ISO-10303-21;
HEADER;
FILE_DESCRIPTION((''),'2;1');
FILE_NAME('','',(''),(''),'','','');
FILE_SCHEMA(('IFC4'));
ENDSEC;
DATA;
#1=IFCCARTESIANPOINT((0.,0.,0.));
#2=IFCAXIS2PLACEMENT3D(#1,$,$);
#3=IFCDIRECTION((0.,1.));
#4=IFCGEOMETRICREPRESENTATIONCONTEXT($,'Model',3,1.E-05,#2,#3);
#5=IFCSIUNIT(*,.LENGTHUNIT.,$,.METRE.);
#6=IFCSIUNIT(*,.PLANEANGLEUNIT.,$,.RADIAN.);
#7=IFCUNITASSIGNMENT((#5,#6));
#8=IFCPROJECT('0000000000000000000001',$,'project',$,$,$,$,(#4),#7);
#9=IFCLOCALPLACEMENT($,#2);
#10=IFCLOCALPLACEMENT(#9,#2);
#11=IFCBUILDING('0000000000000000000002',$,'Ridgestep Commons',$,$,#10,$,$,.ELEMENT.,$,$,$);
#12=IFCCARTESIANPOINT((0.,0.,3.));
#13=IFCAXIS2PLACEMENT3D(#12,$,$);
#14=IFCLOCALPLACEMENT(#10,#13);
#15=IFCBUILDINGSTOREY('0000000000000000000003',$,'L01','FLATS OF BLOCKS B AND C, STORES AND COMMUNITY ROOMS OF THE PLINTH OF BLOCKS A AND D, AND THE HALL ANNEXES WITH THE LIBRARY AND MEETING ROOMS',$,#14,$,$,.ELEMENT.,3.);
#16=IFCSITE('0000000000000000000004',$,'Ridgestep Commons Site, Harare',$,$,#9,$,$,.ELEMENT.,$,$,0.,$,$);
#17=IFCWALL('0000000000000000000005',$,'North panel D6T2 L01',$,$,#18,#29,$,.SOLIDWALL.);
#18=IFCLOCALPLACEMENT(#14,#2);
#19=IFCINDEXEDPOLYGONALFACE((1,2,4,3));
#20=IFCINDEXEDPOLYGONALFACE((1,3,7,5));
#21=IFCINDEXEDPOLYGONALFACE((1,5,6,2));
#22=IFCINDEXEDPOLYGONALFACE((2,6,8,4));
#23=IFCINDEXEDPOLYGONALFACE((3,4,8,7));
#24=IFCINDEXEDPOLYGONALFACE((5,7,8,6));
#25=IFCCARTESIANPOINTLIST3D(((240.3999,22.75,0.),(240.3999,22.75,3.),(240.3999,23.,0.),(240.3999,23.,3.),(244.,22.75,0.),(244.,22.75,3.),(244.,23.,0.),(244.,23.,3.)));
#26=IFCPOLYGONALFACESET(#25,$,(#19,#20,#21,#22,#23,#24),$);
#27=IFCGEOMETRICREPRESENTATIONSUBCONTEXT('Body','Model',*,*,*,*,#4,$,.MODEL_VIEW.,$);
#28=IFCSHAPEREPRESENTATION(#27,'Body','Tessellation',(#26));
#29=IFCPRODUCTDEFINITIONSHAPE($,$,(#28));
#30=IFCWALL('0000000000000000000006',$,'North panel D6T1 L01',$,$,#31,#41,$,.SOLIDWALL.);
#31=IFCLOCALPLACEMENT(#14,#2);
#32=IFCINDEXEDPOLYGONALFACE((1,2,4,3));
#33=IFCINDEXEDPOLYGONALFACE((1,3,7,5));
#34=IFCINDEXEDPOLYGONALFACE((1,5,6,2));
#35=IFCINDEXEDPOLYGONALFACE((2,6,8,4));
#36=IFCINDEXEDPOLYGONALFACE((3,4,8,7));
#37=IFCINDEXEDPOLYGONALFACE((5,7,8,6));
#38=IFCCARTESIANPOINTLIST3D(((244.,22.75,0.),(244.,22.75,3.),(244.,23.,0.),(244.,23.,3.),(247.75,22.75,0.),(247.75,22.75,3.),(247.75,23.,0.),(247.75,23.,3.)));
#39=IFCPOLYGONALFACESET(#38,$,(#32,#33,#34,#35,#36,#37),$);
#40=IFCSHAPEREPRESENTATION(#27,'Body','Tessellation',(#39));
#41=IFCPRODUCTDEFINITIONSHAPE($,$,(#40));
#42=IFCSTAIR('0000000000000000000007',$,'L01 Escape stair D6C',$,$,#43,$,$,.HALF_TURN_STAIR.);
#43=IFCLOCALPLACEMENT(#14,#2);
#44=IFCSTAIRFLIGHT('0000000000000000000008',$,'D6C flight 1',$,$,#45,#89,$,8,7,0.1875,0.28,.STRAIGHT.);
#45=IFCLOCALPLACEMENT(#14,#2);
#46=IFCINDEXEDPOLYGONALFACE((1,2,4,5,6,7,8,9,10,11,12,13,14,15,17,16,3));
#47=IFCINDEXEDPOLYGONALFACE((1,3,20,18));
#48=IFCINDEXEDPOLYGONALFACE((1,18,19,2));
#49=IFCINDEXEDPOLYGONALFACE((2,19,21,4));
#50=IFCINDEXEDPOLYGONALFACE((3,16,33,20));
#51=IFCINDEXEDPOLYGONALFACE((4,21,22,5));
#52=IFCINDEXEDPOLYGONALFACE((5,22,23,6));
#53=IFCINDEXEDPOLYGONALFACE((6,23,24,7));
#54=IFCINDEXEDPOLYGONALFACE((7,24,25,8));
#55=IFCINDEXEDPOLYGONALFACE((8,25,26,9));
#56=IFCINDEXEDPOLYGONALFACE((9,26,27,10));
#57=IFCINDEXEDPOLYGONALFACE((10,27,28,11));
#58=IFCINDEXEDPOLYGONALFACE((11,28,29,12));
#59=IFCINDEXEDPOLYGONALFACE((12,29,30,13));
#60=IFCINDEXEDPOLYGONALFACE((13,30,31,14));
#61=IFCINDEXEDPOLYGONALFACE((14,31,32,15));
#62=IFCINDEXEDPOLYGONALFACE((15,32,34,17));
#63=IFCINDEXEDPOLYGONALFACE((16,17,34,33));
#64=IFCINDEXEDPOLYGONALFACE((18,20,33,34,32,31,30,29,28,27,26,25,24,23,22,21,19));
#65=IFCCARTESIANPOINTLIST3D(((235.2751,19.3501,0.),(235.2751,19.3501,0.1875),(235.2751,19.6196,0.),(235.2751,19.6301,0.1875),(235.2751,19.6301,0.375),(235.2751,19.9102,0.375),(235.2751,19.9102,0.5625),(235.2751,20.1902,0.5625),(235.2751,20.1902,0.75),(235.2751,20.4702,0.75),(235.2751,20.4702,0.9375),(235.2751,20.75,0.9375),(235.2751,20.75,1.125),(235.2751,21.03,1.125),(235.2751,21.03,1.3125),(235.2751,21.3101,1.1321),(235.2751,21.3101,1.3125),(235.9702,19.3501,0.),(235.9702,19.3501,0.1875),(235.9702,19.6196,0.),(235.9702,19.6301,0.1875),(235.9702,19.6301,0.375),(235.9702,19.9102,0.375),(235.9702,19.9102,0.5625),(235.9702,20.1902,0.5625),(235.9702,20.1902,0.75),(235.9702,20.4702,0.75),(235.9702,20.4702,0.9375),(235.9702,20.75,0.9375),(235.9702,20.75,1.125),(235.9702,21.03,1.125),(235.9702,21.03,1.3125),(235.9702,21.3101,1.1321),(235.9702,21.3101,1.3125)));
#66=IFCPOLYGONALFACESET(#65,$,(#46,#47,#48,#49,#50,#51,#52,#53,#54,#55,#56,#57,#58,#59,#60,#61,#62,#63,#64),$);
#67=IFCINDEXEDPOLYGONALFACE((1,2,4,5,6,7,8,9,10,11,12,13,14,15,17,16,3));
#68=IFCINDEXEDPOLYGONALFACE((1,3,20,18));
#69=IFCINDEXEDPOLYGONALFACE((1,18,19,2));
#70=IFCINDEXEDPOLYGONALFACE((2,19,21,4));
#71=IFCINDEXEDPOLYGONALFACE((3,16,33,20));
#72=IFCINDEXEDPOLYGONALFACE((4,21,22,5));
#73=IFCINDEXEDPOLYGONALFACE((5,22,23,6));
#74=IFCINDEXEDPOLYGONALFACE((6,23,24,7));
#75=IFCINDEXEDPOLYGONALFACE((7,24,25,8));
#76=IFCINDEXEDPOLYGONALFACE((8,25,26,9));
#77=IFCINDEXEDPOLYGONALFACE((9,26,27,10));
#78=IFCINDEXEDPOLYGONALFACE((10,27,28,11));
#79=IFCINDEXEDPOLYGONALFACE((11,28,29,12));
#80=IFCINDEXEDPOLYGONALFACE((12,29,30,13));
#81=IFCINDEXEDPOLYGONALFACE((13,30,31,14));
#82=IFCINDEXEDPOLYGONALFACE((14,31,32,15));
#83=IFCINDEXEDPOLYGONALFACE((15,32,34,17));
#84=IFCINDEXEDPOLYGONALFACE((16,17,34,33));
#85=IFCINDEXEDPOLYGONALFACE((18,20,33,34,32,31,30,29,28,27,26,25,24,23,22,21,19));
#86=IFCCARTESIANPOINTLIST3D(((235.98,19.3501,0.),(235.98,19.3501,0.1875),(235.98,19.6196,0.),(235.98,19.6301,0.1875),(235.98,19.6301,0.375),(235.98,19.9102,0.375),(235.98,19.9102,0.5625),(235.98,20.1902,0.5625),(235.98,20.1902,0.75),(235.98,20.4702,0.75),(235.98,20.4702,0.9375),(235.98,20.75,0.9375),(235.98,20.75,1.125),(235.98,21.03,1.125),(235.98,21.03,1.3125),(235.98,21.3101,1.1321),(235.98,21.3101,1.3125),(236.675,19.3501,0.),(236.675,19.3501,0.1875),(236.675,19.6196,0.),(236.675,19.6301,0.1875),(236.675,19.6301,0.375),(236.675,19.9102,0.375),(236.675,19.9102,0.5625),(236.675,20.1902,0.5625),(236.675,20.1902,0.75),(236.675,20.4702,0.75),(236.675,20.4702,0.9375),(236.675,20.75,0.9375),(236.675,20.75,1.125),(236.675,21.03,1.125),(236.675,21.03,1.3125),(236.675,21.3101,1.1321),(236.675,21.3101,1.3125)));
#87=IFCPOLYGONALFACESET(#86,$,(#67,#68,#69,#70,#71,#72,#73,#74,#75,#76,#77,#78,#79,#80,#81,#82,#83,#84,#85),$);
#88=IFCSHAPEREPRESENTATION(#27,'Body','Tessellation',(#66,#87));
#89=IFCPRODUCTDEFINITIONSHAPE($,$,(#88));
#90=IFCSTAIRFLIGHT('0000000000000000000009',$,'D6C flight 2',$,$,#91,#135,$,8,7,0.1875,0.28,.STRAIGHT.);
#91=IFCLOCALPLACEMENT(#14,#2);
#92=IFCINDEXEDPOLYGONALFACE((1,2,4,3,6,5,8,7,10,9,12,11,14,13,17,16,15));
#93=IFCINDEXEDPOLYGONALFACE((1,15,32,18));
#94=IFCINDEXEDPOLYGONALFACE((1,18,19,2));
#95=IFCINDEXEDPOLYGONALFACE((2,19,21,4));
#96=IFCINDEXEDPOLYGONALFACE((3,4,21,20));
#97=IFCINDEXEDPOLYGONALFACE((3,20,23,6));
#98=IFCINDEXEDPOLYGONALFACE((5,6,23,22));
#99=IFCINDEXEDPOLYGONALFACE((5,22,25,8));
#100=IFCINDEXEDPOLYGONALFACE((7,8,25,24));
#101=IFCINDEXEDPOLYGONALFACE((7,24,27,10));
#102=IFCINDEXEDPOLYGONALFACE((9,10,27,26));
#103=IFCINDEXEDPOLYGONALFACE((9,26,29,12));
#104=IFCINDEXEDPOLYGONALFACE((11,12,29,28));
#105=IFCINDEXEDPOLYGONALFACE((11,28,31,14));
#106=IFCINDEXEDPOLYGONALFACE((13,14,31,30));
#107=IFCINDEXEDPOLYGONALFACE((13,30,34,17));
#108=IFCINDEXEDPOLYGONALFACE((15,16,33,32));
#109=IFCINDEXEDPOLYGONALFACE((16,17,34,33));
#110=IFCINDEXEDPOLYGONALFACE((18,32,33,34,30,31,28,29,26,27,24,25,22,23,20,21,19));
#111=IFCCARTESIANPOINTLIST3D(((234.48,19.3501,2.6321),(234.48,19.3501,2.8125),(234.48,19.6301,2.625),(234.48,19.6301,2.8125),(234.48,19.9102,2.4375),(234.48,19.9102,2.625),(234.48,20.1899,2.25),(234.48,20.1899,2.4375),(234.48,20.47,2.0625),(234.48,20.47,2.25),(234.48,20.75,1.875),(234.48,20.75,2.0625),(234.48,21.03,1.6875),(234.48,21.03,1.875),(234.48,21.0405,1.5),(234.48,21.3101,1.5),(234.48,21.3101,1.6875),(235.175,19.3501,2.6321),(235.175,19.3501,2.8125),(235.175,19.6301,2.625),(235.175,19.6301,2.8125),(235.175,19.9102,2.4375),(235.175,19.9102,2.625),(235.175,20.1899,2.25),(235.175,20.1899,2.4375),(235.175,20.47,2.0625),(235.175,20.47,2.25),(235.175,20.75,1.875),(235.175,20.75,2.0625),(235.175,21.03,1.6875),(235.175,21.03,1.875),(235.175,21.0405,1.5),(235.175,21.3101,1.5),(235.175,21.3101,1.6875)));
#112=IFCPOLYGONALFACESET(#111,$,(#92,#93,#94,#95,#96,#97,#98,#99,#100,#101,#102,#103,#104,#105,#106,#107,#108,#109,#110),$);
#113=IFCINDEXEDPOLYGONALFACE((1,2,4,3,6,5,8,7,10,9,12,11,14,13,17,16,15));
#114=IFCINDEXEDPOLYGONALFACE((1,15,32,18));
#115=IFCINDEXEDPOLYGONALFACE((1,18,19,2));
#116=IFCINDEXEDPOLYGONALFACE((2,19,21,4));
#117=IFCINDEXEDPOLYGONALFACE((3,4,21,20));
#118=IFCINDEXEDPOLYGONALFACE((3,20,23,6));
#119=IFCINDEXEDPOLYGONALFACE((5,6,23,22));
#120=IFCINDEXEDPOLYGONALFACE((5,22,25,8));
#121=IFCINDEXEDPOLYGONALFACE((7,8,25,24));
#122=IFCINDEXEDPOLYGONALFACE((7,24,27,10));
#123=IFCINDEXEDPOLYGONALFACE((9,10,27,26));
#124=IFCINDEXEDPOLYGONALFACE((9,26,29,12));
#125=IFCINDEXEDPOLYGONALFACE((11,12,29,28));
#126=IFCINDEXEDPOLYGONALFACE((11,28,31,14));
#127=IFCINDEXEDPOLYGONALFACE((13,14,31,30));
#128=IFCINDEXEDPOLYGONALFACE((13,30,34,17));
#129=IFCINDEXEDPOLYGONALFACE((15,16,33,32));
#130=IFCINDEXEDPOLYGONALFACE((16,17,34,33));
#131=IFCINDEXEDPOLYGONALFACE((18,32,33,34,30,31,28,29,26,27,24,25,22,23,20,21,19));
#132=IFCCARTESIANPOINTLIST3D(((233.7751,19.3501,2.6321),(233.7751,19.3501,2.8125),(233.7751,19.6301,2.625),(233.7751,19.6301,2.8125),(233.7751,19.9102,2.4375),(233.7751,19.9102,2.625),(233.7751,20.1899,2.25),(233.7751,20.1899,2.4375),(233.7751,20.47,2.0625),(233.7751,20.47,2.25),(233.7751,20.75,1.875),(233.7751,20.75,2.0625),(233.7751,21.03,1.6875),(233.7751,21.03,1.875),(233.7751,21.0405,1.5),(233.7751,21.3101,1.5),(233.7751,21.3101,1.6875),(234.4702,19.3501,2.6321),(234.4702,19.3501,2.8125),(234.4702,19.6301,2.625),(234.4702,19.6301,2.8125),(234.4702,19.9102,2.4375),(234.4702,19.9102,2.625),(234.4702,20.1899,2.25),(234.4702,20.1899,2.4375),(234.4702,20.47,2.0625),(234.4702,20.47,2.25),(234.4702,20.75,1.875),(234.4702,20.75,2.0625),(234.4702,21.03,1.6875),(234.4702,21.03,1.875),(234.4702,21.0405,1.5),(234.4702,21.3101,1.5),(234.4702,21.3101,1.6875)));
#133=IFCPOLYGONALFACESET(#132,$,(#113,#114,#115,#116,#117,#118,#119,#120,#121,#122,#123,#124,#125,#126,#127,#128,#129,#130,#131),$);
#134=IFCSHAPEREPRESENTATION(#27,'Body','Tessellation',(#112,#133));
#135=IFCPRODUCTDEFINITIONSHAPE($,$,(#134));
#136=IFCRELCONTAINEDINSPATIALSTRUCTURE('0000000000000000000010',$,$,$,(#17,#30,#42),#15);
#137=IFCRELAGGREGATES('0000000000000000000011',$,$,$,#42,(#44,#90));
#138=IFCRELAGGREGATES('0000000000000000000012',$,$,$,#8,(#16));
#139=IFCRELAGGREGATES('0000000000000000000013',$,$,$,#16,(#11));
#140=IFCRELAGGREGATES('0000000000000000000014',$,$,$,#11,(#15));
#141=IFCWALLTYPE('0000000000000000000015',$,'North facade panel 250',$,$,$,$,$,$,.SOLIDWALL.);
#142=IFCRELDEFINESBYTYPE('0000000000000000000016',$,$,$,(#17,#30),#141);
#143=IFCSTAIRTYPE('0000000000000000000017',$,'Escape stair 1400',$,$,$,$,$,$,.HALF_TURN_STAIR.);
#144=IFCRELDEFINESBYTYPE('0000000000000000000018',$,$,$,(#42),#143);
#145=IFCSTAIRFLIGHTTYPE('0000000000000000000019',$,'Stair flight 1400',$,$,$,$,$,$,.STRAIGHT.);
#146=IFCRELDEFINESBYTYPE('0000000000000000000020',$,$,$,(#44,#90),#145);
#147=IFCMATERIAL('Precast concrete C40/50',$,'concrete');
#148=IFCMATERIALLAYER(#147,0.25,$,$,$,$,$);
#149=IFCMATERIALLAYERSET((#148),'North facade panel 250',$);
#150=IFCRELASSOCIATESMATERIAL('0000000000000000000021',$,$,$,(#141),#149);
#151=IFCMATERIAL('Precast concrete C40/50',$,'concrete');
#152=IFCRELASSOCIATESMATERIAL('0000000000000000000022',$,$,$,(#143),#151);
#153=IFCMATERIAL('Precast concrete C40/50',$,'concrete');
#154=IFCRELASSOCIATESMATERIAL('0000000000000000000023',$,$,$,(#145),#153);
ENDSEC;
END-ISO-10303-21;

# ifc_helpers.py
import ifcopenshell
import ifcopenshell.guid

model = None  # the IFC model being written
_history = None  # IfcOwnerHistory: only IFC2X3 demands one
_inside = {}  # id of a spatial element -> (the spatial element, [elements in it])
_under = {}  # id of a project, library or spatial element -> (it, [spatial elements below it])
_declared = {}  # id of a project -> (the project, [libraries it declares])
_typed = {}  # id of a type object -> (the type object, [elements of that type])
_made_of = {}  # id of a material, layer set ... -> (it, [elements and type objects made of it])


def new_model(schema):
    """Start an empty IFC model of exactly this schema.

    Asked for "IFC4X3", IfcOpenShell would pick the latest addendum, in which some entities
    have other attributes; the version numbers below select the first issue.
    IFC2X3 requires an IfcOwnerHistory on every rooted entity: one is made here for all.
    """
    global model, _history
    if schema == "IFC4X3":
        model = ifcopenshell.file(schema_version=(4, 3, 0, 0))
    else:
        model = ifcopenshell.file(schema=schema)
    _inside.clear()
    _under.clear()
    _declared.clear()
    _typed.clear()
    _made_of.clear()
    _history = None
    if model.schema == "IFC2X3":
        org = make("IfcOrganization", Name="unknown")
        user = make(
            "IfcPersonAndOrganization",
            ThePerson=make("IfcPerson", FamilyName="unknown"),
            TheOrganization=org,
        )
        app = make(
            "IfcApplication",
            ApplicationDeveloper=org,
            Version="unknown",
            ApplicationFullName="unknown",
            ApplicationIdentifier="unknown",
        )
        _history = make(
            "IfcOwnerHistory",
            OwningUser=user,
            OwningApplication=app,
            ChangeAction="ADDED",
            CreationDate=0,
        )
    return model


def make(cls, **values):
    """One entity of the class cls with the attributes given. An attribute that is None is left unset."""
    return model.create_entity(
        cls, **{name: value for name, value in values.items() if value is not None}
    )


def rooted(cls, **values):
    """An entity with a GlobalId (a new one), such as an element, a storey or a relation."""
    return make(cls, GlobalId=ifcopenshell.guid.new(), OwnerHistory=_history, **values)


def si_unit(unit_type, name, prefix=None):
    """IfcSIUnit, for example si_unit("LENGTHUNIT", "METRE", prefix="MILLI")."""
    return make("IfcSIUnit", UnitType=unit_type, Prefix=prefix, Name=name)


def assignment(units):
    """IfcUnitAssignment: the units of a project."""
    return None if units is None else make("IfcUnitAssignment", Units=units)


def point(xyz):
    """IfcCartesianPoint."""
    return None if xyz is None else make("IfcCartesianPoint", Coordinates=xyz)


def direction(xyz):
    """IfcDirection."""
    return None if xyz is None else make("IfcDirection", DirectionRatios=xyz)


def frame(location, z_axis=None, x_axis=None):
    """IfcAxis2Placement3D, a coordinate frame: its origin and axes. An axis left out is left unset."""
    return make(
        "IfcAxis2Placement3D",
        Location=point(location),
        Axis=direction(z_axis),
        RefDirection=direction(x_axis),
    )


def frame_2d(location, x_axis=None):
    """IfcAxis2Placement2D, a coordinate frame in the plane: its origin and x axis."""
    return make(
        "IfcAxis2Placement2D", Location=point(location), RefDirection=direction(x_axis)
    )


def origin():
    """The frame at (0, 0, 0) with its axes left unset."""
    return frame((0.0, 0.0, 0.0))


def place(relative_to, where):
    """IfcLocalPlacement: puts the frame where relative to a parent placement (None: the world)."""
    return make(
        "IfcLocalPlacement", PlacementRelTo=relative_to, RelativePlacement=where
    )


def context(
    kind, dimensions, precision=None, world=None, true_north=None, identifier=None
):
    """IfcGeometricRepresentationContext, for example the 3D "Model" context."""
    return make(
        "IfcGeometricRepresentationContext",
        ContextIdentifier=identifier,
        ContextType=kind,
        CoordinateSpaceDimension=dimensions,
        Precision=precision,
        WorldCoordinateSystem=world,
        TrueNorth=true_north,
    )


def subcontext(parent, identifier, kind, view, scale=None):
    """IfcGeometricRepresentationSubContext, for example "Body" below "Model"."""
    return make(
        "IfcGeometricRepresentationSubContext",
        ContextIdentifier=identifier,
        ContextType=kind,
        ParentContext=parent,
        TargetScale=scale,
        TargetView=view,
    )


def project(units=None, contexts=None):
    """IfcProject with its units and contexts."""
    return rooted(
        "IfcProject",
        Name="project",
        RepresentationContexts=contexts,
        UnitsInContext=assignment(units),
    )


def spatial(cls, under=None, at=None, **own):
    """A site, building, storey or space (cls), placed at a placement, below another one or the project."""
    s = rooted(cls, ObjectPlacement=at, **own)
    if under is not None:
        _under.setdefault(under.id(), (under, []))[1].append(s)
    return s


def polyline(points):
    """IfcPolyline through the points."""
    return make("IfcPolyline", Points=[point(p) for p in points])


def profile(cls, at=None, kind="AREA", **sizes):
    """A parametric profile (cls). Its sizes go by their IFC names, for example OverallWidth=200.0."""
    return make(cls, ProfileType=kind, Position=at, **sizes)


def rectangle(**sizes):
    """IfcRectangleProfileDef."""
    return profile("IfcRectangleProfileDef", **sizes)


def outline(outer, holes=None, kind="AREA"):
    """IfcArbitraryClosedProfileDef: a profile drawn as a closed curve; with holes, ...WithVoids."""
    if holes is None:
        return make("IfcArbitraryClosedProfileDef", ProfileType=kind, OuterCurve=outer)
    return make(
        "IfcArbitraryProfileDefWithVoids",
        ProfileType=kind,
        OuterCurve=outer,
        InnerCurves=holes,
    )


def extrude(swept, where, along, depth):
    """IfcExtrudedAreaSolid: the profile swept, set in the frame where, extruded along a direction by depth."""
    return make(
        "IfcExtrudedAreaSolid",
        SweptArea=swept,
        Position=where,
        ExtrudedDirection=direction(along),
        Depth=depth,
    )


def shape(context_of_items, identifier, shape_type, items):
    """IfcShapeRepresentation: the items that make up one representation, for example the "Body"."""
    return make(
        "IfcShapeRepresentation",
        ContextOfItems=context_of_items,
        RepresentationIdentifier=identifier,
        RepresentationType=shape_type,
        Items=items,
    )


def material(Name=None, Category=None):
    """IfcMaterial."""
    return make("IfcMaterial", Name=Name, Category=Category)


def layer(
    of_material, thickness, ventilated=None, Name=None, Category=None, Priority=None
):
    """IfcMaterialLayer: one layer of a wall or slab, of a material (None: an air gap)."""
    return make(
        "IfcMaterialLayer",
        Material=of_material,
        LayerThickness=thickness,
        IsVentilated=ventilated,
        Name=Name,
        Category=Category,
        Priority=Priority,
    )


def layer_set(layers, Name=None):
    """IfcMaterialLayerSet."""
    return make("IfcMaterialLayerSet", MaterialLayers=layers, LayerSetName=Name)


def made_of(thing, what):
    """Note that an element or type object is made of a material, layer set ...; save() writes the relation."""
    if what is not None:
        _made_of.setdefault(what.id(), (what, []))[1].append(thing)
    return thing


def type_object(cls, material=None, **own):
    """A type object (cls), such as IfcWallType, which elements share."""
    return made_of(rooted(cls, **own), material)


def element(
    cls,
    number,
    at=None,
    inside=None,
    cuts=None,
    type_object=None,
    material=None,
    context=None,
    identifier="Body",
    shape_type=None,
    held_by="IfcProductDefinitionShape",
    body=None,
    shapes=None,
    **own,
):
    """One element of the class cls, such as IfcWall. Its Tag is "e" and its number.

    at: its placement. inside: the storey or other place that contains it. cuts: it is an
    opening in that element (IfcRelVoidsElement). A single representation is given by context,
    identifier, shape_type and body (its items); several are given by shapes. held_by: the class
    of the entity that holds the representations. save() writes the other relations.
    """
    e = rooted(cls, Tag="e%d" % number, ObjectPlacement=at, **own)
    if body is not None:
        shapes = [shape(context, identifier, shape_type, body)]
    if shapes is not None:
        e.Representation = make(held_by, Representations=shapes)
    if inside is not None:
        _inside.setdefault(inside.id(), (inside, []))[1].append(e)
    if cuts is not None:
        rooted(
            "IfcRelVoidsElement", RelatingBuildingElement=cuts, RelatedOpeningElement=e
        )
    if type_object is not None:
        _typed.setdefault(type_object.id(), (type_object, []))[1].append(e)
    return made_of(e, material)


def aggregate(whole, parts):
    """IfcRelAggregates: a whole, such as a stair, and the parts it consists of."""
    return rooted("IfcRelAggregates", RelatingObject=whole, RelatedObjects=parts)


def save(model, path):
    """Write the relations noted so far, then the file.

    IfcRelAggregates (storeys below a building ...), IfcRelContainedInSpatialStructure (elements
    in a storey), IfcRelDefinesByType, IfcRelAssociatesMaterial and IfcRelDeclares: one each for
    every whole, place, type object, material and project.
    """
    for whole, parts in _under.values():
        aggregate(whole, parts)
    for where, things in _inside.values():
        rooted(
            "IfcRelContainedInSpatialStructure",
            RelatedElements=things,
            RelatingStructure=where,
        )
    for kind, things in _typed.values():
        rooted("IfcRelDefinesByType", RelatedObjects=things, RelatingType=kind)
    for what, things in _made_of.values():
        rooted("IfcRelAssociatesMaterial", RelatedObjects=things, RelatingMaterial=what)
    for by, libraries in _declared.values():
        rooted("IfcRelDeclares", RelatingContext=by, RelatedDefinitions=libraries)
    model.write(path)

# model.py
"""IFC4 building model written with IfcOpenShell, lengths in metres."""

from ifc_helpers import new_model, si_unit, direction, frame, frame_2d, origin, place, context, subcontext, project, spatial, polyline, rectangle, outline, extrude, material, layer, layer_set, type_object, element, aggregate, save


model = new_model("IFC4")

# Units and contexts
model_context = context("Model", 3, precision=1e-05, world=origin(), true_north=direction((0.0, 1.0)))
body_context = subcontext(model_context, "Body", "Model", "MODEL_VIEW")
ifc_project = project(units=[si_unit("LENGTHUNIT", "METRE"), si_unit("PLANEANGLEUNIT", "RADIAN")], contexts=[model_context])

# Site, building, storey
site_placement = place(None, origin())
site = spatial("IfcSite", under=ifc_project, at=site_placement, Name="Ridgestep Commons Site, Harare", CompositionType="ELEMENT", RefElevation=0.0)
building_placement = place(site_placement, origin())
building = spatial("IfcBuilding", under=site, at=building_placement, Name="Ridgestep Commons", CompositionType="ELEMENT")
storey_placement = place(building_placement, frame((0.0, 0.0, 3.0)))
storey = spatial("IfcBuildingStorey", under=building, at=storey_placement, Name="L01", Description="FLATS OF BLOCKS B AND C, STORES AND COMMUNITY ROOMS OF THE PLINTH OF BLOCKS A AND D, AND THE HALL ANNEXES WITH THE LIBRARY AND MEETING ROOMS", CompositionType="ELEMENT", Elevation=3.0)

# Walls
ifc_material_1 = material(Name="Precast concrete C40/50", Category="concrete")
ifc_layer_1 = layer(ifc_material_1, 0.25)
ifc_layer_set_1 = layer_set([ifc_layer_1], Name="North facade panel 250")
wall_type_1 = type_object("IfcWallType", Name="North facade panel 250", PredefinedType="SOLIDWALL", material=ifc_layer_set_1)
wall_1_placement = place(storey_placement, frame((240.3999, 22.875, 0.0), z_axis=(0.0, 0.0, 1.0), x_axis=(1.0, 0.0, 0.0)))
element("IfcWall", 1, at=wall_1_placement, inside=storey, type_object=wall_type_1, Name="North panel D6T2 L01", PredefinedType="SOLIDWALL", context=body_context, shape_type="SweptSolid", body=[
    extrude(rectangle(XDim=3.6001, YDim=0.25, at=frame_2d((1.8, 0.0))), origin(), (0.0, 0.0, 1.0), 3.0),
])
wall_2_placement = place(storey_placement, frame((244.0, 22.875, 0.0), z_axis=(0.0, 0.0, 1.0), x_axis=(1.0, 0.0, 0.0)))
element("IfcWall", 2, at=wall_2_placement, inside=storey, type_object=wall_type_1, Name="North panel D6T1 L01", PredefinedType="SOLIDWALL", context=body_context, shape_type="SweptSolid", body=[
    extrude(rectangle(XDim=3.75, YDim=0.25, at=frame_2d((1.875, 0.0))), origin(), (0.0, 0.0, 1.0), 3.0),
])

# Stair, stair flights
ifc_material_2 = material(Name="Precast concrete C40/50", Category="concrete")
stair_type = type_object("IfcStairType", Name="Escape stair 1400", PredefinedType="HALF_TURN_STAIR", material=ifc_material_2)
stair_placement = place(storey_placement, origin())
stair = element("IfcStair", 3, at=stair_placement, inside=storey, type_object=stair_type, Name="L01 Escape stair D6C", PredefinedType="HALF_TURN_STAIR")
ifc_material_3 = material(Name="Precast concrete C40/50", Category="concrete")
stair_flight_type = type_object("IfcStairFlightType", Name="Stair flight 1400", PredefinedType="STRAIGHT", material=ifc_material_3)
stair_flight_1_placement = place(storey_placement, frame((235.9751, 19.3501, 0.0), z_axis=(0.0, 0.0, 1.0), x_axis=(0.0, 1.0, 0.0)))
stair_flight_1 = element("IfcStairFlight", 4, at=stair_flight_1_placement, type_object=stair_flight_type, Name="D6C flight 1", NumberOfRisers=8, NumberOfTreads=7, PredefinedType="STRAIGHT", RiserHeight=0.1875, TreadLength=0.28, context=body_context, shape_type="SweptSolid", body=[
    extrude(outline(polyline([(0.0, 0.0), (0.0, 0.1875), (0.28, 0.1875), (0.28, 0.375), (0.5601, 0.375), (0.5601, 0.5625), (0.8401, 0.5625), (0.8401, 0.75), (1.1201, 0.75), (1.1201, 0.9375), (1.3999, 0.9375), (1.3999, 1.125), (1.6799, 1.125), (1.6799, 1.3125), (1.96, 1.3125), (1.96, 1.5), (1.96, 1.1321), (0.2695, 0.0), (0.0, 0.0)])), frame((0.0, 0.7, 0.0), z_axis=(0.0, -1.0, 0.0), x_axis=(1.0, 0.0, 0.0)), (0.0, 0.0, 1.0), 0.6951),
    extrude(outline(polyline([(0.0, 0.0), (0.0, 0.1875), (0.28, 0.1875), (0.28, 0.375), (0.5601, 0.375), (0.5601, 0.5625), (0.8401, 0.5625), (0.8401, 0.75), (1.1201, 0.75), (1.1201, 0.9375), (1.3999, 0.9375), (1.3999, 1.125), (1.6799, 1.125), (1.6799, 1.3125), (1.96, 1.3125), (1.96, 1.5), (1.96, 1.1321), (0.2695, 0.0), (0.0, 0.0)])), frame((0.0, -0.0049, 0.0), z_axis=(0.0, -1.0, 0.0), x_axis=(1.0, 0.0, 0.0)), (0.0, 0.0, 1.0), 0.6951),
])
stair_flight_2_placement = place(storey_placement, frame((234.4751, 21.3101, 1.5), z_axis=(0.0, 0.0, 1.0), x_axis=(0.0, -1.0, 0.0)))
stair_flight_2 = element("IfcStairFlight", 5, at=stair_flight_2_placement, type_object=stair_flight_type, Name="D6C flight 2", NumberOfRisers=8, NumberOfTreads=7, PredefinedType="STRAIGHT", RiserHeight=0.1875, TreadLength=0.28, context=body_context, shape_type="SweptSolid", body=[
    extrude(outline(polyline([(0.0, 0.0), (0.0, 0.1875), (0.28, 0.1875), (0.28, 0.375), (0.5601, 0.375), (0.5601, 0.5625), (0.8401, 0.5625), (0.8401, 0.75), (1.1201, 0.75), (1.1201, 0.9375), (1.3999, 0.9375), (1.3999, 1.125), (1.6799, 1.125), (1.6799, 1.3125), (1.96, 1.3125), (1.96, 1.5), (1.96, 1.1321), (0.2695, 0.0), (0.0, 0.0)])), frame((0.0, 0.7, 0.0), z_axis=(0.0, -1.0, 0.0), x_axis=(1.0, 0.0, 0.0)), (0.0, 0.0, 1.0), 0.6951),
    extrude(outline(polyline([(0.0, 0.0), (0.0, 0.1875), (0.28, 0.1875), (0.28, 0.375), (0.5601, 0.375), (0.5601, 0.5625), (0.8401, 0.5625), (0.8401, 0.75), (1.1201, 0.75), (1.1201, 0.9375), (1.3999, 0.9375), (1.3999, 1.125), (1.6799, 1.125), (1.6799, 1.3125), (1.96, 1.3125), (1.96, 1.5), (1.96, 1.1321), (0.2695, 0.0), (0.0, 0.0)])), frame((0.0, -0.0049, 0.0), z_axis=(0.0, -1.0, 0.0), x_axis=(1.0, 0.0, 0.0)), (0.0, 0.0, 1.0), 0.6951),
])
aggregate(stair, [stair_flight_1, stair_flight_2])

save(model, "model.ifc")
